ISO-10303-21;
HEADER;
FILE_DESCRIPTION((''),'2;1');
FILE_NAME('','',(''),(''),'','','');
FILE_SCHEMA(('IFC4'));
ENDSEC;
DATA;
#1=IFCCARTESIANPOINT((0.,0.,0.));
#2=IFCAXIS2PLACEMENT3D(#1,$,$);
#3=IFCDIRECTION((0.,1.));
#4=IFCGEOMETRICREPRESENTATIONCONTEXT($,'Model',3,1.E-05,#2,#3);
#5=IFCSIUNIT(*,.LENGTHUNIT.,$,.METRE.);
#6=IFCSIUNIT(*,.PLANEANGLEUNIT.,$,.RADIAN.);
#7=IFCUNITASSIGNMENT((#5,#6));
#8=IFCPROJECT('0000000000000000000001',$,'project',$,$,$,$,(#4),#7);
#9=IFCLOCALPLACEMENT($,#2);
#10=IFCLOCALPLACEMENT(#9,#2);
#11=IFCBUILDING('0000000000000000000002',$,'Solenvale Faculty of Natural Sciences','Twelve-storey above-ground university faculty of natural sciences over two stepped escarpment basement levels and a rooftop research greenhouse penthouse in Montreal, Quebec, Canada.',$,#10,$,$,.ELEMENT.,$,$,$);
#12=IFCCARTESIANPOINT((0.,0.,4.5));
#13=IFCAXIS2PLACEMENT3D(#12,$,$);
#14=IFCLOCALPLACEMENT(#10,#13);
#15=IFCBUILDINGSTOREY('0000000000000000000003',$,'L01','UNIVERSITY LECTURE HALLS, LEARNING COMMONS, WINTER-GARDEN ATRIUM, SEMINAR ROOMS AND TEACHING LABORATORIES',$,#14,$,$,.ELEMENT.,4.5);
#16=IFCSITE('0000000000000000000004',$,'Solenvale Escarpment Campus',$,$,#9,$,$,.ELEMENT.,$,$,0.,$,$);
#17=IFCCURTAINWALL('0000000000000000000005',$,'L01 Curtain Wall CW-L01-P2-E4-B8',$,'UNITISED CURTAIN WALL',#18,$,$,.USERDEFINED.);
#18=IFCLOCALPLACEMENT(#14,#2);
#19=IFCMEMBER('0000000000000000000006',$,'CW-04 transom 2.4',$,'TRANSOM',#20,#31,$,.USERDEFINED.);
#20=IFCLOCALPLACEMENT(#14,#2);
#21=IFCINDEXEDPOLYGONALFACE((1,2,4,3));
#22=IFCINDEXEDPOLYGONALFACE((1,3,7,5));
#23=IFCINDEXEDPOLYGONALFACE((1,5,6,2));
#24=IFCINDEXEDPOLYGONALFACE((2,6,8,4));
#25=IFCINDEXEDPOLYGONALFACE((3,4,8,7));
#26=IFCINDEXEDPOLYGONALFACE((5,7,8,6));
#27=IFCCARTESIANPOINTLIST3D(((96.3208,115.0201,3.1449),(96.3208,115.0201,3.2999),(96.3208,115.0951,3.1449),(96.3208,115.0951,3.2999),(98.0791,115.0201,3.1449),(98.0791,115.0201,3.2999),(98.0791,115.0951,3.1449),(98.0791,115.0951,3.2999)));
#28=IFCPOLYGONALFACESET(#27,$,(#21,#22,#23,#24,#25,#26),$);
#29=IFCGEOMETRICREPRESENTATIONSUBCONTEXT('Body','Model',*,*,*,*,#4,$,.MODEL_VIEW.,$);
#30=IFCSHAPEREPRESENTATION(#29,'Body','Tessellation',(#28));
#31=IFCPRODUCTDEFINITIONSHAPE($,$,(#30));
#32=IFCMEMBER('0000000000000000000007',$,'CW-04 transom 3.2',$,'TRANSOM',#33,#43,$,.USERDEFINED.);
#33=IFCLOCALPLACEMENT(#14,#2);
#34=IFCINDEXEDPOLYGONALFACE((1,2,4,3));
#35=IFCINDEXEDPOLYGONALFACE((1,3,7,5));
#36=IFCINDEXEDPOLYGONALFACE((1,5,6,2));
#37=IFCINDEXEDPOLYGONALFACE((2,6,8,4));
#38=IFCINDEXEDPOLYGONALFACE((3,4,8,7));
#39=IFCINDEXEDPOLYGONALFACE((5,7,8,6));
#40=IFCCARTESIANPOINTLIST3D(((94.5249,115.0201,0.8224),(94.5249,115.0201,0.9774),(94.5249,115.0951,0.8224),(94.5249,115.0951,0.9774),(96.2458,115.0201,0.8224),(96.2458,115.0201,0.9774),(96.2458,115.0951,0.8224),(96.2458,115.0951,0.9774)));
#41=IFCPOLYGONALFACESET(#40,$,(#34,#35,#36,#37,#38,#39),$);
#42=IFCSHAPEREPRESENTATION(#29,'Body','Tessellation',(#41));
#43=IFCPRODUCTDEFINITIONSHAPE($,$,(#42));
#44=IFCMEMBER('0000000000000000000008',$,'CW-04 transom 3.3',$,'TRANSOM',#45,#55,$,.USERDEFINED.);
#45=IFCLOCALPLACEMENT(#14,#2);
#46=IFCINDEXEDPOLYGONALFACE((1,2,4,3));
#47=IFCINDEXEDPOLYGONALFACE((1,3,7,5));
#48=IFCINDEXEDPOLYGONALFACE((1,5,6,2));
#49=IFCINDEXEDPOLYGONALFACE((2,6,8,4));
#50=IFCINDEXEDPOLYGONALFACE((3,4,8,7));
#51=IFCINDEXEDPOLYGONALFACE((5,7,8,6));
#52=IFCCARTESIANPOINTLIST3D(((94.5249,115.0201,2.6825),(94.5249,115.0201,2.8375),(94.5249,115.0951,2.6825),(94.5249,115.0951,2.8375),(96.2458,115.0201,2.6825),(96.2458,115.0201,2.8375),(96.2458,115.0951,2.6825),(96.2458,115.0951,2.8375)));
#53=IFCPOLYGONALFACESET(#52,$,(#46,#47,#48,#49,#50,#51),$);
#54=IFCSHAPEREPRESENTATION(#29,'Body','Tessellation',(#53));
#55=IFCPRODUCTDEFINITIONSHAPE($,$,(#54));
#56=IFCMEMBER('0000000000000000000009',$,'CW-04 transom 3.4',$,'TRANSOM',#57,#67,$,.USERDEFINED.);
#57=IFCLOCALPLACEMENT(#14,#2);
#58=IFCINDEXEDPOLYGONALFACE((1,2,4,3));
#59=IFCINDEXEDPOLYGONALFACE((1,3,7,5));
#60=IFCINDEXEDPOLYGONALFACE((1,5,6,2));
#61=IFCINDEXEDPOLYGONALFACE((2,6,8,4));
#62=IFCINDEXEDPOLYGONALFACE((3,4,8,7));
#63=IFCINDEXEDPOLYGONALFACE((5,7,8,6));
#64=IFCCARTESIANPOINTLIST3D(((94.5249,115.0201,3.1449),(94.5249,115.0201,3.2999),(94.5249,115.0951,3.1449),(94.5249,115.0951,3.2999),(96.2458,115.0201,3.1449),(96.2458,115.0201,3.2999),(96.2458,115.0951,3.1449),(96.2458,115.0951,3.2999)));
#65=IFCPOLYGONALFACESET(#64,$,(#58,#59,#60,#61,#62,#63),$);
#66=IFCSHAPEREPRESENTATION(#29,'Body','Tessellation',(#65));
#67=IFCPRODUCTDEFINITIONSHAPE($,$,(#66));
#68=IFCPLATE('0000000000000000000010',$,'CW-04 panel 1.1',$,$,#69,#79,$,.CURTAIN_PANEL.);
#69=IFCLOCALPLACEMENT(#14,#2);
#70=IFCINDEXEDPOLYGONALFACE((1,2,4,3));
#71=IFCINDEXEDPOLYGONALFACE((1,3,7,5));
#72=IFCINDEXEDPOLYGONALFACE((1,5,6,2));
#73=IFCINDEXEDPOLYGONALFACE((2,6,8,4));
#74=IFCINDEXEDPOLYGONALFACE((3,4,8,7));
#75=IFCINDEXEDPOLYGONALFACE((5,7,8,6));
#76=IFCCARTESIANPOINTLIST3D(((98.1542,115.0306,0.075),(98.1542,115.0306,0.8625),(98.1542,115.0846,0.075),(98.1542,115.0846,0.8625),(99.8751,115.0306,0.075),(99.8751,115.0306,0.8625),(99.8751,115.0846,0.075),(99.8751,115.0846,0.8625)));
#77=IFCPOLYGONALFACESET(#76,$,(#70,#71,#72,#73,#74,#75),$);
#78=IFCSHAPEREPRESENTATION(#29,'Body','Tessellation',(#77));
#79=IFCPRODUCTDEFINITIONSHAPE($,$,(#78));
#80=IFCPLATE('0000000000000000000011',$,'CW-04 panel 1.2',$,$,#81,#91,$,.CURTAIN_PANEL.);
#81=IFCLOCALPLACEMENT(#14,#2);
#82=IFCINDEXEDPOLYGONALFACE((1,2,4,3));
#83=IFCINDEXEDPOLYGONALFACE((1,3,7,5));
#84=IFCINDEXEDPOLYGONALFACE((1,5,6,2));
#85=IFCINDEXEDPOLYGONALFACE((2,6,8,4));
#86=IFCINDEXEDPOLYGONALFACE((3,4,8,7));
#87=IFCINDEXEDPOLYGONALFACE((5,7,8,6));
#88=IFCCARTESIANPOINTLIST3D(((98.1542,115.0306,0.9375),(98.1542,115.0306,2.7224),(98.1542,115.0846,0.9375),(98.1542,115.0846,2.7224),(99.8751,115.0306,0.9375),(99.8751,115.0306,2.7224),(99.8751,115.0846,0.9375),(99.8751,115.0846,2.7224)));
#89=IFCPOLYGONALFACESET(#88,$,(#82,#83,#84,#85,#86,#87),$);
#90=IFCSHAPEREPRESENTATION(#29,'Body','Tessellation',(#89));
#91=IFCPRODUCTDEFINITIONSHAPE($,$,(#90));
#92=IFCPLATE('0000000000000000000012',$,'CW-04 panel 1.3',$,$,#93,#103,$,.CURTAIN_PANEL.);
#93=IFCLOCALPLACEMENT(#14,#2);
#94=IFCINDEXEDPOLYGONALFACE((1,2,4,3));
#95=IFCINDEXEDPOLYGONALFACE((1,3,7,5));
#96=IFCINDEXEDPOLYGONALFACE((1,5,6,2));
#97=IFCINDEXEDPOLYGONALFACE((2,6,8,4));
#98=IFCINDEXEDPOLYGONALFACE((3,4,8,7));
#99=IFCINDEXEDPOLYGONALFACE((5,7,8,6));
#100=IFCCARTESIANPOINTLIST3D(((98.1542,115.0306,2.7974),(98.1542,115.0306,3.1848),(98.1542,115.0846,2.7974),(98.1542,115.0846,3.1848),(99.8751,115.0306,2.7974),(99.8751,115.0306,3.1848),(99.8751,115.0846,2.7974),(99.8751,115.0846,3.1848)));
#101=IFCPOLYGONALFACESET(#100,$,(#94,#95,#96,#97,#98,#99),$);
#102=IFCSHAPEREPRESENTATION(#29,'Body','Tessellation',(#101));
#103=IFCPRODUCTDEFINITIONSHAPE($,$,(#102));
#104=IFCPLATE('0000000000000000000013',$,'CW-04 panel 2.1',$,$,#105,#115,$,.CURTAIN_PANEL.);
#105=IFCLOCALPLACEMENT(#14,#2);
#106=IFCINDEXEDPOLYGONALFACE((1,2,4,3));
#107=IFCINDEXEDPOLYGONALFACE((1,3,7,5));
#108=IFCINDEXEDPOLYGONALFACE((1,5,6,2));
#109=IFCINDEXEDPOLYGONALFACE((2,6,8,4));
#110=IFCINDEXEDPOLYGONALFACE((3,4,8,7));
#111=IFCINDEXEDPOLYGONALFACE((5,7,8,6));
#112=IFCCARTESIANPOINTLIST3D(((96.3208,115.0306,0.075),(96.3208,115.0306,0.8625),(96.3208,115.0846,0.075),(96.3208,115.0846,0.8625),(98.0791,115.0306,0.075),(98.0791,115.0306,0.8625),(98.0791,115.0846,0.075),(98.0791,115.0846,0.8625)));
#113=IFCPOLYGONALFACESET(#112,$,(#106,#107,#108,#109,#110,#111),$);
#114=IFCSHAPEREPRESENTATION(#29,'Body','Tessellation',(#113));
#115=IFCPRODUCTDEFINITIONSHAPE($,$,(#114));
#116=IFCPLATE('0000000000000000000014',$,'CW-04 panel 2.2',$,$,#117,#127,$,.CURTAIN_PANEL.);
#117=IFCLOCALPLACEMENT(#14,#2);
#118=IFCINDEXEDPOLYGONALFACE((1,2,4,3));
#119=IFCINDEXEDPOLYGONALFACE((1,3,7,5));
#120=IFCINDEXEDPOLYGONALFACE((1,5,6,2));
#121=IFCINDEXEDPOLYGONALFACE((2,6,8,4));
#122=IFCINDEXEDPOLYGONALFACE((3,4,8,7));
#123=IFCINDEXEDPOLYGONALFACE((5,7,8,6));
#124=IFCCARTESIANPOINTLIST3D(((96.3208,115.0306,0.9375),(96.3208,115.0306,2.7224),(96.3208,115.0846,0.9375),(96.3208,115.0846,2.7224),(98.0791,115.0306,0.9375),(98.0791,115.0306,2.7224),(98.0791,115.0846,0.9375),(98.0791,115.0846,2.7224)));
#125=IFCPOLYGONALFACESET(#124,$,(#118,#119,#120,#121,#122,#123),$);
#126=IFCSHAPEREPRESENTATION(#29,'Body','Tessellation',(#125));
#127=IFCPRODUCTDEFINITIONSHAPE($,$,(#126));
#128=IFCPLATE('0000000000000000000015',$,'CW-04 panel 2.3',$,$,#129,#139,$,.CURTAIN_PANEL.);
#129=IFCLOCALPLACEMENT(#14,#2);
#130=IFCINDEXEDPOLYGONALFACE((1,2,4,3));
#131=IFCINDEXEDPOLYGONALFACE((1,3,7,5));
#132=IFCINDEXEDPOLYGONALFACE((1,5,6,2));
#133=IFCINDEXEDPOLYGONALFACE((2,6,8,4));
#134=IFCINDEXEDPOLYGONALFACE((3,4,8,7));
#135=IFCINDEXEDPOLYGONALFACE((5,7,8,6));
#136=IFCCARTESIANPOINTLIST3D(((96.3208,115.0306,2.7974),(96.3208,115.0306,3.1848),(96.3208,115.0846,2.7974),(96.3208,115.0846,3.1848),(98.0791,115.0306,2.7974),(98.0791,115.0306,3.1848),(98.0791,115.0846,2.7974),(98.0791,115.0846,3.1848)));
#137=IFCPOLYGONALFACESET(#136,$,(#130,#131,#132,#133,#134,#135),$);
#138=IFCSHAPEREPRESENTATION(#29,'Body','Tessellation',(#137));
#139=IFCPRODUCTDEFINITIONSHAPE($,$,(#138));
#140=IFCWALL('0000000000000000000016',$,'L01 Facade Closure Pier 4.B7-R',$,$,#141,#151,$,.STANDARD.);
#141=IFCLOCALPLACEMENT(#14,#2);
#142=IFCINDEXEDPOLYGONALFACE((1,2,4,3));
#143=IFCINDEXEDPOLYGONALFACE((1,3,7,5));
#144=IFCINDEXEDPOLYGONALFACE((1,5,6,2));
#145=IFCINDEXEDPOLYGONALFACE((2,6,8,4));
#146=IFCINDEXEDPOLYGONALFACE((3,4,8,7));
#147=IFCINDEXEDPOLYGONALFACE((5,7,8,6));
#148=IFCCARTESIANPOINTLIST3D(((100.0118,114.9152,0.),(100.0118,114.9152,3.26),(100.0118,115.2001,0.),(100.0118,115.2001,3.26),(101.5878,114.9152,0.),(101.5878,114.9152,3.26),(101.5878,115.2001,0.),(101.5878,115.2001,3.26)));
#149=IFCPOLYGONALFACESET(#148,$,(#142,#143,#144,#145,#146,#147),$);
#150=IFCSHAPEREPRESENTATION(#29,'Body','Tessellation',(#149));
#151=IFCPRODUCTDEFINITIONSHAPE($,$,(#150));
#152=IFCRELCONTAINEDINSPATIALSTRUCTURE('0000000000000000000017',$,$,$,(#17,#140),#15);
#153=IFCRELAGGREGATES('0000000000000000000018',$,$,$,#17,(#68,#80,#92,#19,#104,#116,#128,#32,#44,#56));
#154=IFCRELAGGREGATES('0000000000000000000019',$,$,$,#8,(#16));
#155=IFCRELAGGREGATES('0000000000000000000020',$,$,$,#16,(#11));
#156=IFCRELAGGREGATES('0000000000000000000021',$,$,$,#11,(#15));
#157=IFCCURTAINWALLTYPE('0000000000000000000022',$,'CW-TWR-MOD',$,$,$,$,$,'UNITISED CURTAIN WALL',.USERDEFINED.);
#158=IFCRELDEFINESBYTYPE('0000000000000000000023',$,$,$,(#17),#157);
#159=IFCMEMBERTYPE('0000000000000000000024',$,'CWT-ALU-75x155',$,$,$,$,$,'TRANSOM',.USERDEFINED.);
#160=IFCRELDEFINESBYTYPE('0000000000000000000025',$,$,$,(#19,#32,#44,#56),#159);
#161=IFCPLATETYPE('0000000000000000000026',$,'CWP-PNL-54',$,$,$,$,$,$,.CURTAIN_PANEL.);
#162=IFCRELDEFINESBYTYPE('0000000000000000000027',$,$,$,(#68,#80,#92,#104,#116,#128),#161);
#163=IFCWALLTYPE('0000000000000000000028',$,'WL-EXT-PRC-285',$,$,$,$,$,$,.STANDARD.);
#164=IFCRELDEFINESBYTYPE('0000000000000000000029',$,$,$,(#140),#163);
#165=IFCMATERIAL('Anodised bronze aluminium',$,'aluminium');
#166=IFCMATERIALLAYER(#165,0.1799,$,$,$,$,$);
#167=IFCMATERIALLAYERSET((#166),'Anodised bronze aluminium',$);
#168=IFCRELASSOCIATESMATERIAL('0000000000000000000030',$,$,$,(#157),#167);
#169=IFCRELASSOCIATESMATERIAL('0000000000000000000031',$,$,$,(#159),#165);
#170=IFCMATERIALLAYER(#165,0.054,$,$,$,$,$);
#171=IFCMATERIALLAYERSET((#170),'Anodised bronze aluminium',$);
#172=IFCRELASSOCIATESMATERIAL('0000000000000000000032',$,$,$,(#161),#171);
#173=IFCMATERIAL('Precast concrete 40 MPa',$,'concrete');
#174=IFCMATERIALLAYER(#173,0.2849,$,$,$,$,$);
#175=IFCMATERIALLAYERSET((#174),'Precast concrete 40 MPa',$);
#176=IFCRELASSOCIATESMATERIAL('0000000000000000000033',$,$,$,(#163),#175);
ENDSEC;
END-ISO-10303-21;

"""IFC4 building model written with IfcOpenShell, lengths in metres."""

from ifc_helpers import new_model, si_unit, direction, frame, frame_2d, origin, origin_2d, place, context, subcontext, project, spatial, rectangle, extrude, material, layer, layer_set, material_profile, profile_set, type_object, element, aggregate, save


model = new_model("IFC4")

# Units and contexts
model_context = context("Model", 3, precision=1e-05, world=origin(), true_north=direction((0.0, 1.0)))
body_context = subcontext(model_context, "Body", "Model", "MODEL_VIEW")
ifc_project = project(units=[si_unit("LENGTHUNIT", "METRE"), si_unit("PLANEANGLEUNIT", "RADIAN")], contexts=[model_context])

# Site, building, storey
site_placement = place(None, origin())
site = spatial("IfcSite", under=ifc_project, at=site_placement, Name="Solenvale Escarpment Campus", CompositionType="ELEMENT", RefElevation=0.0)
building_placement = place(site_placement, origin())
building = spatial("IfcBuilding", under=site, at=building_placement, Name="Solenvale Faculty of Natural Sciences", Description="Twelve-storey above-ground university faculty of natural sciences over two stepped escarpment basement levels and a rooftop research greenhouse penthouse in Montreal, Quebec, Canada.", CompositionType="ELEMENT")
storey_placement = place(building_placement, frame((0.0, 0.0, 4.5)))
storey = spatial("IfcBuildingStorey", under=building, at=storey_placement, Name="L01", Description="UNIVERSITY LECTURE HALLS, LEARNING COMMONS, WINTER-GARDEN ATRIUM, SEMINAR ROOMS AND TEACHING LABORATORIES", CompositionType="ELEMENT", Elevation=4.5)

# Shared definitions
ifc_material_1 = material(Name="Precast concrete 40 MPa", Category="concrete")

# Curtain wall, members, plates
ifc_material_2 = material(Name="Anodised bronze aluminium", Category="aluminium")
ifc_layer_1 = layer(ifc_material_2, 0.1799)
ifc_layer_set_1 = layer_set([ifc_layer_1], Name="Anodised bronze aluminium")
curtain_wall_type = type_object("IfcCurtainWallType", Name="CW-TWR-MOD", ElementType="UNITISED CURTAIN WALL", PredefinedType="USERDEFINED", material=ifc_layer_set_1)
curtain_wall_placement = place(storey_placement, origin())
curtain_wall = element("IfcCurtainWall", 1, at=curtain_wall_placement, inside=storey, type_object=curtain_wall_type, Name="L01 Curtain Wall CW-L01-P2-E4-B8", ObjectType="UNITISED CURTAIN WALL", PredefinedType="USERDEFINED")
ifc_material_profile_1 = material_profile(ifc_material_2, rectangle(XDim=0.075, YDim=0.155, at=origin_2d()), Name="ALU-TRN-75x155")
ifc_profile_set_1 = profile_set([ifc_material_profile_1], Name="Anodised bronze aluminium")
member_type_1 = type_object("IfcMemberType", Name="CWT-ALU-75x155", ElementType="TRANSOM", PredefinedType="USERDEFINED", material=ifc_profile_set_1)
member_1_placement = place(storey_placement, frame((98.0791, 115.0576, 3.2224), z_axis=(-1.0, 0.0, 0.0), x_axis=(0.0, -1.0, 0.0)))
member_1 = element("IfcMember", 2, at=member_1_placement, type_object=member_type_1, Name="CW-04 transom 2.4", ObjectType="TRANSOM", PredefinedType="USERDEFINED", context=body_context, shape_type="SweptSolid", body=[
    extrude(rectangle(XDim=0.075, YDim=0.155, at=origin_2d()), origin(), (0.0, 0.0, 1.0), 1.7583),
])
member_2_placement = place(storey_placement, frame((96.2458, 115.0576, 0.8999), z_axis=(-1.0, 0.0, 0.0), x_axis=(0.0, -1.0, 0.0)))
member_2 = element("IfcMember", 3, at=member_2_placement, type_object=member_type_1, Name="CW-04 transom 3.2", ObjectType="TRANSOM", PredefinedType="USERDEFINED", context=body_context, shape_type="SweptSolid", body=[
    extrude(rectangle(XDim=0.075, YDim=0.155, at=origin_2d()), origin(), (0.0, 0.0, 1.0), 1.7209),
])
member_3_placement = place(storey_placement, frame((96.2458, 115.0576, 2.76), z_axis=(-1.0, 0.0, 0.0), x_axis=(0.0, -1.0, 0.0)))
member_3 = element("IfcMember", 4, at=member_3_placement, type_object=member_type_1, Name="CW-04 transom 3.3", ObjectType="TRANSOM", PredefinedType="USERDEFINED", context=body_context, shape_type="SweptSolid", body=[
    extrude(rectangle(XDim=0.075, YDim=0.155, at=origin_2d()), origin(), (0.0, 0.0, 1.0), 1.7209),
])
member_4_placement = place(storey_placement, frame((96.2458, 115.0576, 3.2224), z_axis=(-1.0, 0.0, 0.0), x_axis=(0.0, -1.0, 0.0)))
member_4 = element("IfcMember", 5, at=member_4_placement, type_object=member_type_1, Name="CW-04 transom 3.4", ObjectType="TRANSOM", PredefinedType="USERDEFINED", context=body_context, shape_type="SweptSolid", body=[
    extrude(rectangle(XDim=0.075, YDim=0.155, at=origin_2d()), origin(), (0.0, 0.0, 1.0), 1.7209),
])
ifc_layer_2 = layer(ifc_material_2, 0.054)
ifc_layer_set_2 = layer_set([ifc_layer_2], Name="Anodised bronze aluminium")
plate_type = type_object("IfcPlateType", Name="CWP-PNL-54", PredefinedType="CURTAIN_PANEL", material=ifc_layer_set_2)
plate_1_placement = place(storey_placement, frame((99.0146, 115.0576, 0.075), z_axis=(0.0, 0.0, 1.0), x_axis=(-1.0, 0.0, 0.0)))
plate_1 = element("IfcPlate", 6, at=plate_1_placement, type_object=plate_type, Name="CW-04 panel 1.1", PredefinedType="CURTAIN_PANEL", context=body_context, shape_type="SweptSolid", body=[
    extrude(rectangle(XDim=1.7209, YDim=0.054, at=origin_2d()), origin(), (0.0, 0.0, 1.0), 0.7876),
])
plate_2_placement = place(storey_placement, frame((99.0146, 115.0576, 0.9375), z_axis=(0.0, 0.0, 1.0), x_axis=(-1.0, 0.0, 0.0)))
plate_2 = element("IfcPlate", 7, at=plate_2_placement, type_object=plate_type, Name="CW-04 panel 1.2", PredefinedType="CURTAIN_PANEL", context=body_context, shape_type="SweptSolid", body=[
    extrude(rectangle(XDim=1.7209, YDim=0.054, at=origin_2d()), origin(), (0.0, 0.0, 1.0), 1.7849),
])
plate_3_placement = place(storey_placement, frame((99.0146, 115.0576, 2.7974), z_axis=(0.0, 0.0, 1.0), x_axis=(-1.0, 0.0, 0.0)))
plate_3 = element("IfcPlate", 8, at=plate_3_placement, type_object=plate_type, Name="CW-04 panel 1.3", PredefinedType="CURTAIN_PANEL", context=body_context, shape_type="SweptSolid", body=[
    extrude(rectangle(XDim=1.7209, YDim=0.054, at=origin_2d()), origin(), (0.0, 0.0, 1.0), 0.3875),
])
plate_4_placement = place(storey_placement, frame((97.2, 115.0576, 0.075), z_axis=(0.0, 0.0, 1.0), x_axis=(-1.0, 0.0, 0.0)))
plate_4 = element("IfcPlate", 9, at=plate_4_placement, type_object=plate_type, Name="CW-04 panel 2.1", PredefinedType="CURTAIN_PANEL", context=body_context, shape_type="SweptSolid", body=[
    extrude(rectangle(XDim=1.7583, YDim=0.054, at=origin_2d()), origin(), (0.0, 0.0, 1.0), 0.7876),
])
plate_5_placement = place(storey_placement, frame((97.2, 115.0576, 0.9375), z_axis=(0.0, 0.0, 1.0), x_axis=(-1.0, 0.0, 0.0)))
plate_5 = element("IfcPlate", 10, at=plate_5_placement, type_object=plate_type, Name="CW-04 panel 2.2", PredefinedType="CURTAIN_PANEL", context=body_context, shape_type="SweptSolid", body=[
    extrude(rectangle(XDim=1.7583, YDim=0.054, at=origin_2d()), origin(), (0.0, 0.0, 1.0), 1.7849),
])
plate_6_placement = place(storey_placement, frame((97.2, 115.0576, 2.7974), z_axis=(0.0, 0.0, 1.0), x_axis=(-1.0, 0.0, 0.0)))
plate_6 = element("IfcPlate", 11, at=plate_6_placement, type_object=plate_type, Name="CW-04 panel 2.3", PredefinedType="CURTAIN_PANEL", context=body_context, shape_type="SweptSolid", body=[
    extrude(rectangle(XDim=1.7583, YDim=0.054, at=origin_2d()), origin(), (0.0, 0.0, 1.0), 0.3875),
])
aggregate(curtain_wall, [plate_1, plate_2, plate_3, member_1, plate_4, plate_5, plate_6, member_2, member_3, member_4])

# Wall
ifc_layer_3 = layer(ifc_material_1, 0.2849)
ifc_layer_set_3 = layer_set([ifc_layer_3], Name="Precast concrete 40 MPa")
wall_type = type_object("IfcWallType", Name="WL-EXT-PRC-285", PredefinedType="STANDARD", material=ifc_layer_set_3)
wall_placement = place(storey_placement, frame((101.5879, 115.0576, 0.0), z_axis=(0.0, 0.0, 1.0), x_axis=(-1.0, 0.0, 0.0)))
element("IfcWall", 12, at=wall_placement, inside=storey, type_object=wall_type, Name="L01 Facade Closure Pier 4.B7-R", PredefinedType="STANDARD", context=body_context, shape_type="SweptSolid", body=[
    extrude(rectangle(XDim=1.5759, YDim=0.2849, at=frame_2d((0.7881, 0.0))), origin(), (0.0, 0.0, 1.0), 3.26),
])

save(model, "model.ifc")
